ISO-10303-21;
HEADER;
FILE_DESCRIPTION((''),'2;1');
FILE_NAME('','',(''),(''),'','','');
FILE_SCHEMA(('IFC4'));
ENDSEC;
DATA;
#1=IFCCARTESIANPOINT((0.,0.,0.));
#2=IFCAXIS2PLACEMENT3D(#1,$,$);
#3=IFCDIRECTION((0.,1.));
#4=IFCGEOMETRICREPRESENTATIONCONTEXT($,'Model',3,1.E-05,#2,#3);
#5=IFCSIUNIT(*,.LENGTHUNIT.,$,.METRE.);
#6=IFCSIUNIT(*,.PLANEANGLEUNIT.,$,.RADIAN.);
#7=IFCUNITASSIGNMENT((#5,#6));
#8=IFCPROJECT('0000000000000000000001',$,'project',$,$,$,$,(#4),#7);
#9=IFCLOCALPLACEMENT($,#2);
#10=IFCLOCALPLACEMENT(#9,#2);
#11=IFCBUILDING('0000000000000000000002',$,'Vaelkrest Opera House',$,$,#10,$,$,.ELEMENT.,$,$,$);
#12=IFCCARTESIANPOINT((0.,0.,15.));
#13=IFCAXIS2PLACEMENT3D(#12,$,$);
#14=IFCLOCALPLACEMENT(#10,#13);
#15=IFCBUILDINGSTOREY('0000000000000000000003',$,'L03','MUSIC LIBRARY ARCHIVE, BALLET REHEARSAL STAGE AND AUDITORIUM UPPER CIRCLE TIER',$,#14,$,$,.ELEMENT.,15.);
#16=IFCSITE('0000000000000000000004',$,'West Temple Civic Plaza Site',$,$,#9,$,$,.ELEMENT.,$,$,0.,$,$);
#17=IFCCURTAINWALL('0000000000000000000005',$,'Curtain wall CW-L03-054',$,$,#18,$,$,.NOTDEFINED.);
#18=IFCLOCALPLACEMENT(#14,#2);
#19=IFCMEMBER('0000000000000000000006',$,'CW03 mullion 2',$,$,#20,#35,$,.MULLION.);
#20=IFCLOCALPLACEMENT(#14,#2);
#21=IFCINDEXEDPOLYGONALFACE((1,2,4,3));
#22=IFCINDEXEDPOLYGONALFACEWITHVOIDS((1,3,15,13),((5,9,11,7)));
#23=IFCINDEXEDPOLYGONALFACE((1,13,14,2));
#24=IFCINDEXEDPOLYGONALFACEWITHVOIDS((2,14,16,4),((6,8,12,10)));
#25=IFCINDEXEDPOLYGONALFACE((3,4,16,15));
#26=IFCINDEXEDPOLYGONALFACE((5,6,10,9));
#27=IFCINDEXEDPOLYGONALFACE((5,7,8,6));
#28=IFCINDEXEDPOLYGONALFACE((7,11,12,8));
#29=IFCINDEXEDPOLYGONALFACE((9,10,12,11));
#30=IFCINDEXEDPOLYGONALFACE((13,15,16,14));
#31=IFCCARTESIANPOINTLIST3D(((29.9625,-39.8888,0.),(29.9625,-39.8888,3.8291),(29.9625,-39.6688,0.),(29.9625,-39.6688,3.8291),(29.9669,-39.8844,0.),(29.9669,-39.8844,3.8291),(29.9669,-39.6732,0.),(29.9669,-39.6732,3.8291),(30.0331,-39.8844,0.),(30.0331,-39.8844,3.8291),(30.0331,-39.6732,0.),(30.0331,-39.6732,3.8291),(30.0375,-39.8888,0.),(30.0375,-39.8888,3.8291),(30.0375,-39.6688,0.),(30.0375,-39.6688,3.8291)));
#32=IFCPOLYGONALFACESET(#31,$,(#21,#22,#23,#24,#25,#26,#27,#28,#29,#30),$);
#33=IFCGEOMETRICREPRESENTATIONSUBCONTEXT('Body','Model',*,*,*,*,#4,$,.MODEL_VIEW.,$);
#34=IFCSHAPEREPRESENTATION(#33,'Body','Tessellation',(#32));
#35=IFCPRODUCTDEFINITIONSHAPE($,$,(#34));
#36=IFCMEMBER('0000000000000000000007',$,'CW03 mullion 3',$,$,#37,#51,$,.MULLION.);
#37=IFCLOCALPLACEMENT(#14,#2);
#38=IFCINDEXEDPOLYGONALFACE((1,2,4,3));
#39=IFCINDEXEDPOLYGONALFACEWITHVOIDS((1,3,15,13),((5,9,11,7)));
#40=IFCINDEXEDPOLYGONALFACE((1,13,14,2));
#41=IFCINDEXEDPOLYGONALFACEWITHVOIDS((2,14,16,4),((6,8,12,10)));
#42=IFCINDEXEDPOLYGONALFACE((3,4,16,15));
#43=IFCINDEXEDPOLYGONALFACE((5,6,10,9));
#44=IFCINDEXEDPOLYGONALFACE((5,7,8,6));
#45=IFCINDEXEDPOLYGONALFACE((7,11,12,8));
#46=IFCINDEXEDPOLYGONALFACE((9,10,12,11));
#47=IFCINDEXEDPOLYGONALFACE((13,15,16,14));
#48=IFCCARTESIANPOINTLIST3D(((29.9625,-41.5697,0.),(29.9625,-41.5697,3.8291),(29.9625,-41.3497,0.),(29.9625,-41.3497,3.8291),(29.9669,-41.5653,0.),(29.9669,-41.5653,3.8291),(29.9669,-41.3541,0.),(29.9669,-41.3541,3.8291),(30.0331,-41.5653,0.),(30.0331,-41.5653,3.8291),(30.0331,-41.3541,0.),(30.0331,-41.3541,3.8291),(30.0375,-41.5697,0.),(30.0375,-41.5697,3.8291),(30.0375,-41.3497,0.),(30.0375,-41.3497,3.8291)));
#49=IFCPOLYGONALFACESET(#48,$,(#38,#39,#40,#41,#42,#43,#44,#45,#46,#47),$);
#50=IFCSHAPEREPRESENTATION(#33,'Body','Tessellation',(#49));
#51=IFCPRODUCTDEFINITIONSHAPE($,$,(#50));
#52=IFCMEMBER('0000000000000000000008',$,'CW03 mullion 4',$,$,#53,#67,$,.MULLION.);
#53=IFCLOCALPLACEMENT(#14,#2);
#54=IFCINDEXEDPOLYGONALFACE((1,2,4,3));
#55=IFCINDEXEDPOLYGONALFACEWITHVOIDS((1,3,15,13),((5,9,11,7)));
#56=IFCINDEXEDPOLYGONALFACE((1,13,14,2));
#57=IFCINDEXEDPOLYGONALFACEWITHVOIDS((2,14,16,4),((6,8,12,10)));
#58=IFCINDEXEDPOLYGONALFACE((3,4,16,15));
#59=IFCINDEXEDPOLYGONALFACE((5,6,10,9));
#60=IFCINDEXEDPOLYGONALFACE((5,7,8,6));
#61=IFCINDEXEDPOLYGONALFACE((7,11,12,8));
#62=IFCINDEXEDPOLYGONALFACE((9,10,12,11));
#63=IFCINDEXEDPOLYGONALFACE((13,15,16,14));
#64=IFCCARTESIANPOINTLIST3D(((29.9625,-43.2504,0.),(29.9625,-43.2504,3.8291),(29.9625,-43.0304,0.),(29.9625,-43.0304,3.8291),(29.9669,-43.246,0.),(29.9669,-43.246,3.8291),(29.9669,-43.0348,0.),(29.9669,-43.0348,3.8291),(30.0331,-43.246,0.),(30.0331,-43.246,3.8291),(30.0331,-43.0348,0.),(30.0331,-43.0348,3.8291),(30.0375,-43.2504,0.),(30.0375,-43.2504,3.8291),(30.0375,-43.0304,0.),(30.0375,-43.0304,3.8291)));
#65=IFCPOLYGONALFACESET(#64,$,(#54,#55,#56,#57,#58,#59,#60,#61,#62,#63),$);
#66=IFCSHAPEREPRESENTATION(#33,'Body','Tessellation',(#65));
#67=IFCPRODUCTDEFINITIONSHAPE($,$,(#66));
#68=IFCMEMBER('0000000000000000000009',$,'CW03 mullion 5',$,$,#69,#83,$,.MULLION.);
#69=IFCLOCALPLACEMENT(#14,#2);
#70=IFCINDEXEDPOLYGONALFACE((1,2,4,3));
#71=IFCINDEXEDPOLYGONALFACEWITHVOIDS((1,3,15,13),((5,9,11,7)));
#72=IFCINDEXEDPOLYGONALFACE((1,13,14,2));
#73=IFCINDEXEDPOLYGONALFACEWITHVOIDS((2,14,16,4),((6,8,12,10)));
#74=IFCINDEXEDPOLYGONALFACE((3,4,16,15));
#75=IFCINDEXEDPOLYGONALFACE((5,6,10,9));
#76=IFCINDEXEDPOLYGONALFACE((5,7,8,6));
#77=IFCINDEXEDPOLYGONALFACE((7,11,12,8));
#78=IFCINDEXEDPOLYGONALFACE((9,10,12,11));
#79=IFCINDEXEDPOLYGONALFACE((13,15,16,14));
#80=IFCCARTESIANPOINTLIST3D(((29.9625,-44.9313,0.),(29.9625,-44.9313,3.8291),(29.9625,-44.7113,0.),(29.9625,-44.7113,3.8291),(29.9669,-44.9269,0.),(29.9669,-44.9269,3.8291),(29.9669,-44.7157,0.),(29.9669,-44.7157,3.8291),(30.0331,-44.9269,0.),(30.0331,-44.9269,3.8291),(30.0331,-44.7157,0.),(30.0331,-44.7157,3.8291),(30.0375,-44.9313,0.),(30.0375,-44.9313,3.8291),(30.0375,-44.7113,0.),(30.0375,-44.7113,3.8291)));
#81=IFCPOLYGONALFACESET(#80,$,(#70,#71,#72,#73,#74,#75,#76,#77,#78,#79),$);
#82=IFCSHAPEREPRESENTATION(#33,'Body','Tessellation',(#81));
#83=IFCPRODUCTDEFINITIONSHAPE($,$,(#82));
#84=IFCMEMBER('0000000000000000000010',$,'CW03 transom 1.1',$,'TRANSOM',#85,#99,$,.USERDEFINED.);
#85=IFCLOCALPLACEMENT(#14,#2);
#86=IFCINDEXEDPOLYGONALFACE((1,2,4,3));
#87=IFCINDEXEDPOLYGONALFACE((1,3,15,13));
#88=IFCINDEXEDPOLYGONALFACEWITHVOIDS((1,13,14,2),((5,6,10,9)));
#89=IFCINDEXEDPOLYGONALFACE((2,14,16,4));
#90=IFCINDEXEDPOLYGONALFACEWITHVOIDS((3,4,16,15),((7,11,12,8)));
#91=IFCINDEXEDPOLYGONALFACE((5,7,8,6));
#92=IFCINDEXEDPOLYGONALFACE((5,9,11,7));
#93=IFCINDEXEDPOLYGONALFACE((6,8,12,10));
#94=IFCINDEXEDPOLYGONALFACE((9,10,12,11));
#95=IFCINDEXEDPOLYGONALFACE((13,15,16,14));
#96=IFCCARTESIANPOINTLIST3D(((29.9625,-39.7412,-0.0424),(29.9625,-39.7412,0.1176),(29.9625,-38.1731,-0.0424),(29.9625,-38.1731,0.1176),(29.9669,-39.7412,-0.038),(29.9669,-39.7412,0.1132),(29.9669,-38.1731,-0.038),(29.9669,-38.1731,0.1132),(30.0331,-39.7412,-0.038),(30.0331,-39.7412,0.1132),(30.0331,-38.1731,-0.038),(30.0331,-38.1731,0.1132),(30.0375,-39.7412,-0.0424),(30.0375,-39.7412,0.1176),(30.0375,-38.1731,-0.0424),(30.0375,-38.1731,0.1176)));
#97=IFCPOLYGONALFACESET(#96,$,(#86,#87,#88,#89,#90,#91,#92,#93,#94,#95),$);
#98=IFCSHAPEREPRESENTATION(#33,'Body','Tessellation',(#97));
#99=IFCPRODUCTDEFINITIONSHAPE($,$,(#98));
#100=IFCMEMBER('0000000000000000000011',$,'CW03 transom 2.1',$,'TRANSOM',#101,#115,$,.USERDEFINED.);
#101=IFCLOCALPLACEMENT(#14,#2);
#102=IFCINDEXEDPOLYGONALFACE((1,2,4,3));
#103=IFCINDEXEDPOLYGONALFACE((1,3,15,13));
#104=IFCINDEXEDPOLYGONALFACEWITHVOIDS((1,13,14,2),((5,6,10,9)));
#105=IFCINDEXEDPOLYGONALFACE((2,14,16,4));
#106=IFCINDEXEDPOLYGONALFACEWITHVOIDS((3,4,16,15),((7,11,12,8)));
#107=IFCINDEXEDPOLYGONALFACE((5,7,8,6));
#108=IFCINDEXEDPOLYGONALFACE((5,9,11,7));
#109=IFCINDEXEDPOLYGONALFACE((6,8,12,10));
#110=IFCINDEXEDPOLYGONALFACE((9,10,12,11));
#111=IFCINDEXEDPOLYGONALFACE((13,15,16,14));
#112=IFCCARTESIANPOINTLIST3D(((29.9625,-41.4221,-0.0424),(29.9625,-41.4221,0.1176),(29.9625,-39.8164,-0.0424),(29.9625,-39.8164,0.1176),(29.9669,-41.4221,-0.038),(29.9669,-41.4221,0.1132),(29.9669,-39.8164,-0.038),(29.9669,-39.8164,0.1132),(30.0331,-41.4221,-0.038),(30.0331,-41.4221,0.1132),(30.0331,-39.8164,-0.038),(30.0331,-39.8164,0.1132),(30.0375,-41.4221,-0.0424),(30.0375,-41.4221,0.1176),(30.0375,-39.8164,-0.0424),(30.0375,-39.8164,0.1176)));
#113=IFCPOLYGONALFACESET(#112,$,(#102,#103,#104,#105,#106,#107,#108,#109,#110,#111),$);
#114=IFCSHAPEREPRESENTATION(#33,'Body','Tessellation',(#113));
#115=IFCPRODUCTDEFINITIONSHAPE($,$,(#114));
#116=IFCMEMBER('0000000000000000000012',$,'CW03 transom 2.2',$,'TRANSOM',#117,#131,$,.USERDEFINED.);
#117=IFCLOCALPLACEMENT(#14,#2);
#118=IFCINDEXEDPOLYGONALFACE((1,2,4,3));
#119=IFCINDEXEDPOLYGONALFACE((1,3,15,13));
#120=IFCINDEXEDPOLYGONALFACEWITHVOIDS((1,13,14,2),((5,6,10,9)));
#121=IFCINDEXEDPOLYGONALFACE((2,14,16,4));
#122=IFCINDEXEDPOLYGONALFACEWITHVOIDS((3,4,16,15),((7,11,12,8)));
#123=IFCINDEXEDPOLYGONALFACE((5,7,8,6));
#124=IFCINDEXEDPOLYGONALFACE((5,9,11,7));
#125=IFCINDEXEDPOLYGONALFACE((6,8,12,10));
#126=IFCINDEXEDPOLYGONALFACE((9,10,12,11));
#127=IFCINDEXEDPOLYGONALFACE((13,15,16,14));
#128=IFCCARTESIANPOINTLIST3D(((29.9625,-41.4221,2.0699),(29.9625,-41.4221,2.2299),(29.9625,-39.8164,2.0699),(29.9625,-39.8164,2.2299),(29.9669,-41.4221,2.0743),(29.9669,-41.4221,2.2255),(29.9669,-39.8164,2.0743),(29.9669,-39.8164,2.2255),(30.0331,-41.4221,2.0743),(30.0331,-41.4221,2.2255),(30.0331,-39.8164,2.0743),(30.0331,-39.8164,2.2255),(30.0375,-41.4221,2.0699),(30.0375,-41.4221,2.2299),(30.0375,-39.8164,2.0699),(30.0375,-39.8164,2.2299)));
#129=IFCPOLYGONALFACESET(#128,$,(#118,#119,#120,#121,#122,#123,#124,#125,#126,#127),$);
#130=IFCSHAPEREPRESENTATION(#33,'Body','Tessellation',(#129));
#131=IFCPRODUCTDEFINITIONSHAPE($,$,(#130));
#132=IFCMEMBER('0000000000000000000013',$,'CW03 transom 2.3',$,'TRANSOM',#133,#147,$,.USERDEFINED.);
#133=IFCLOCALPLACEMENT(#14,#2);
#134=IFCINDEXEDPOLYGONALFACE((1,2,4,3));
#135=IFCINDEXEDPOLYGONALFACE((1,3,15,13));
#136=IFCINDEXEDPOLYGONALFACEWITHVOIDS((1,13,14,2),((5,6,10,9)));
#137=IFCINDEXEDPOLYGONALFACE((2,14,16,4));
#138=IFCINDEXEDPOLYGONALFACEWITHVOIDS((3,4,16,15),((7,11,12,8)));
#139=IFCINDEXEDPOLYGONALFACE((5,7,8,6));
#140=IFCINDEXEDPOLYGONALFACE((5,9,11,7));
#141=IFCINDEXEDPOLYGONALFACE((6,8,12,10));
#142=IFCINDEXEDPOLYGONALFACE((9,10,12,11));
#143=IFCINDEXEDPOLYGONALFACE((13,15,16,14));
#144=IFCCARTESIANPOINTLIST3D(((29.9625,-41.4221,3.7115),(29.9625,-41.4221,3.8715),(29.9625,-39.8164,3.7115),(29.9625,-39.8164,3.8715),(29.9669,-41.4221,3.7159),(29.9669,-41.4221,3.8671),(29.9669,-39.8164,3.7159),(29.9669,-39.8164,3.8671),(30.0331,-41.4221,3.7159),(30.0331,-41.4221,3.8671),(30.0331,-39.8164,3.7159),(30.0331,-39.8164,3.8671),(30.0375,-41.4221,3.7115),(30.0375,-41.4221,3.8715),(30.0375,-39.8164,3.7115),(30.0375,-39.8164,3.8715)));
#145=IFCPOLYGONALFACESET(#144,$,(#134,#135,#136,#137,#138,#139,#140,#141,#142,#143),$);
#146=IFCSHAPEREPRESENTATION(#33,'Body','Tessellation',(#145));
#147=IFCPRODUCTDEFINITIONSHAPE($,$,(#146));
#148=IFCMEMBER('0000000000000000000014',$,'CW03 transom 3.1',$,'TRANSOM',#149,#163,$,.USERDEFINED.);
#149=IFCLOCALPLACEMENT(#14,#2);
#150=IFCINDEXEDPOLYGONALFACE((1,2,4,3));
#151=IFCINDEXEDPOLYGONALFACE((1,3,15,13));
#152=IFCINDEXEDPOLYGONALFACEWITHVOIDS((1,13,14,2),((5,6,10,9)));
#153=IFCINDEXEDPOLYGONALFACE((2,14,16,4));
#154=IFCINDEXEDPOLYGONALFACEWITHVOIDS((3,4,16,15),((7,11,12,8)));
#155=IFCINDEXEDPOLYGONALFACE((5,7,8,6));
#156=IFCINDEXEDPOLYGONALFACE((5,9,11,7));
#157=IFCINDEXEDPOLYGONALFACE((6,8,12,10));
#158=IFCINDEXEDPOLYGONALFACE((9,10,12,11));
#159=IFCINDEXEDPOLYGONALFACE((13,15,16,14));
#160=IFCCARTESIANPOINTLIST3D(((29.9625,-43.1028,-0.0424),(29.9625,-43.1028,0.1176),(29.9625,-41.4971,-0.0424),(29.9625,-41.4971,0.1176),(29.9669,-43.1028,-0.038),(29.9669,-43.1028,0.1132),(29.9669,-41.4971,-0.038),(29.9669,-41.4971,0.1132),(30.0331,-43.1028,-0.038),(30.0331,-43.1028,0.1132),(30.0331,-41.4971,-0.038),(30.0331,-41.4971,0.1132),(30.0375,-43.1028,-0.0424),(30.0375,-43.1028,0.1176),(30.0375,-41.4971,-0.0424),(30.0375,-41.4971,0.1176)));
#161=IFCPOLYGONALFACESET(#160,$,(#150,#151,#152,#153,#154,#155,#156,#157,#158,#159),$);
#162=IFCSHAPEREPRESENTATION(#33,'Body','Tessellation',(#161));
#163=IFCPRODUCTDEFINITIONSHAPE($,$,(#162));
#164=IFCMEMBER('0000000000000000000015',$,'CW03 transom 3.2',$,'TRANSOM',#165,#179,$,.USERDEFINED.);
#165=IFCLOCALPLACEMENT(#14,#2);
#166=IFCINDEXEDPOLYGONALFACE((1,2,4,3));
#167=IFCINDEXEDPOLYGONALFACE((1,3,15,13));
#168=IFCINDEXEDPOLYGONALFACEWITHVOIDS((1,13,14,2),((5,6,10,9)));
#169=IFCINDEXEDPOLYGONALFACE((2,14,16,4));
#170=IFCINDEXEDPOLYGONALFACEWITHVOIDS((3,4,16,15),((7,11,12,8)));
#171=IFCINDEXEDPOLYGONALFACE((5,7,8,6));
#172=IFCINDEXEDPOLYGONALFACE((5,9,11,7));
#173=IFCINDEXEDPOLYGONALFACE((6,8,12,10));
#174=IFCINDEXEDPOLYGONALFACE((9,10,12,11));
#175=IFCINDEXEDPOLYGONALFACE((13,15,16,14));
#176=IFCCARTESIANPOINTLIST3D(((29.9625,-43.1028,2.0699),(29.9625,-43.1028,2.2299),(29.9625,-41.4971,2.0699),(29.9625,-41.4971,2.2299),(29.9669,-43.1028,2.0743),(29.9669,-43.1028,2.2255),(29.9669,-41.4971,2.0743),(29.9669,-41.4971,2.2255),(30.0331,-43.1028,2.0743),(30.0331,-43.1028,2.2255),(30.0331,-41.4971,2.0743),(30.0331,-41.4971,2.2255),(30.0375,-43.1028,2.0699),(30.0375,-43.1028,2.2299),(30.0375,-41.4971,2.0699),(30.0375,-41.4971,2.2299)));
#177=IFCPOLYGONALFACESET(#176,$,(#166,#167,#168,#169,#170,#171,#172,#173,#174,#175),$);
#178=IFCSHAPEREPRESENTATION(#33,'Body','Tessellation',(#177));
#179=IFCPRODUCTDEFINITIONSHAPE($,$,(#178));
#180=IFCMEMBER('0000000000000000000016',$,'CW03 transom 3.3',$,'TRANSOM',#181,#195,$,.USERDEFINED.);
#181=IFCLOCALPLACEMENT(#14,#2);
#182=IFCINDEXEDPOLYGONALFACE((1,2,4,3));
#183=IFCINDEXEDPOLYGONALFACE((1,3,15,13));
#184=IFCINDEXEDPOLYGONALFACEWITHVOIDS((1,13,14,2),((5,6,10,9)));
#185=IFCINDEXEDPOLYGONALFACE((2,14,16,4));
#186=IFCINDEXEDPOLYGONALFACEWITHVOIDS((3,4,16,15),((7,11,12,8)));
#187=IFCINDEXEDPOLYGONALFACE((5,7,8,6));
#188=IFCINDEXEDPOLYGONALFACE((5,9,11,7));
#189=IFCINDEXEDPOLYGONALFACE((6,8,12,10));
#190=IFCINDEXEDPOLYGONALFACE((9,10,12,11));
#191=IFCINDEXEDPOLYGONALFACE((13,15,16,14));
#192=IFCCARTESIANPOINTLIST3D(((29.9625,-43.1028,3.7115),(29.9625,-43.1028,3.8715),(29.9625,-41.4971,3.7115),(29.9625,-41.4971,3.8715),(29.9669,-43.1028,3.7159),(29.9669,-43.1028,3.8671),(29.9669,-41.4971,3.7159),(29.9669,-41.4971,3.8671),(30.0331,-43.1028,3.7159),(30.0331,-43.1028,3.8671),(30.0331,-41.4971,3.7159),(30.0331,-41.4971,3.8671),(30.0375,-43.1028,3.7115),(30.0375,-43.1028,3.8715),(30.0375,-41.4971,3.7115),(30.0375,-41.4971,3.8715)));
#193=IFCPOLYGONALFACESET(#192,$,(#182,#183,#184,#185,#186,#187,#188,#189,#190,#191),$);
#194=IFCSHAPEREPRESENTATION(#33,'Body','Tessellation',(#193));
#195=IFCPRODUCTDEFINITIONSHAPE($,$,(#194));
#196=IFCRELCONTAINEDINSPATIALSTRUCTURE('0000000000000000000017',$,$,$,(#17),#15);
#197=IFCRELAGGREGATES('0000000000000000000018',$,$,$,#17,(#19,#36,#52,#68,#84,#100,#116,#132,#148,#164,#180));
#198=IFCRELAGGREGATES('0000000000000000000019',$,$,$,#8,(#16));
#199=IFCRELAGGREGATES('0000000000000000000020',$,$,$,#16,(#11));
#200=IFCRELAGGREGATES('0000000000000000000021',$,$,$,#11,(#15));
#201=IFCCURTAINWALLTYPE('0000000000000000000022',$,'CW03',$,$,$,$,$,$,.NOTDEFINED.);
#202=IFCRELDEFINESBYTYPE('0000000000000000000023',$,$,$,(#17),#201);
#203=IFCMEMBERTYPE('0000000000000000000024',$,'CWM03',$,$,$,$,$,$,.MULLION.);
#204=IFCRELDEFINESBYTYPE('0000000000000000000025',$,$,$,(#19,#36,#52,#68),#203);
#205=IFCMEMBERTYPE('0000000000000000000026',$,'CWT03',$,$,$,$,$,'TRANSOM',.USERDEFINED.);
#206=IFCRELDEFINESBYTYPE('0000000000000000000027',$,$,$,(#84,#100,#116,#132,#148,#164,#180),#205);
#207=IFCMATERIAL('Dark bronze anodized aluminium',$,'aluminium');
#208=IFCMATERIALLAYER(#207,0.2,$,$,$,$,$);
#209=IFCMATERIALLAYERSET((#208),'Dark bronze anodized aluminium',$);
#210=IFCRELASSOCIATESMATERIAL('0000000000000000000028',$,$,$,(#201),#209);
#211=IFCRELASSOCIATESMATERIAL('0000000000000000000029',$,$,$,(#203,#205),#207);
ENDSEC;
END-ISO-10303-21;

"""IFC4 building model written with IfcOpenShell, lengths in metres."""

from ifc_helpers import new_model, si_unit, direction, frame, origin, origin_2d, place, context, subcontext, project, spatial, hollow_rectangle, extrude, material, layer, layer_set, material_profile, profile_set, type_object, element, aggregate, save


model = new_model("IFC4")

# Units and contexts
model_context = context("Model", 3, precision=1e-05, world=origin(), true_north=direction((0.0, 1.0)))
body_context = subcontext(model_context, "Body", "Model", "MODEL_VIEW")
ifc_project = project(units=[si_unit("LENGTHUNIT", "METRE"), si_unit("PLANEANGLEUNIT", "RADIAN")], contexts=[model_context])

# Site, building, storey
site_placement = place(None, origin())
site = spatial("IfcSite", under=ifc_project, at=site_placement, Name="West Temple Civic Plaza Site", CompositionType="ELEMENT", RefElevation=0.0)
building_placement = place(site_placement, origin())
building = spatial("IfcBuilding", under=site, at=building_placement, Name="Vaelkrest Opera House", CompositionType="ELEMENT")
storey_placement = place(building_placement, frame((0.0, 0.0, 15.0)))
storey = spatial("IfcBuildingStorey", under=building, at=storey_placement, Name="L03", Description="MUSIC LIBRARY ARCHIVE, BALLET REHEARSAL STAGE AND AUDITORIUM UPPER CIRCLE TIER", CompositionType="ELEMENT", Elevation=15.0)

# Curtain wall, members
ifc_material_1 = material(Name="Dark bronze anodized aluminium", Category="aluminium")
ifc_layer_1 = layer(ifc_material_1, 0.2)
ifc_layer_set_1 = layer_set([ifc_layer_1], Name="Dark bronze anodized aluminium")
curtain_wall_type = type_object("IfcCurtainWallType", Name="CW03", PredefinedType="NOTDEFINED", material=ifc_layer_set_1)
curtain_wall_placement = place(storey_placement, origin())
curtain_wall = element("IfcCurtainWall", 1, at=curtain_wall_placement, inside=storey, type_object=curtain_wall_type, Name="Curtain wall CW-L03-054", PredefinedType="NOTDEFINED")
ifc_material_profile_1 = material_profile(ifc_material_1, hollow_rectangle(XDim=0.075, YDim=0.22, WallThickness=0.0044, at=origin_2d()), Name="CWM75X220")
ifc_profile_set_1 = profile_set([ifc_material_profile_1], Name="Dark bronze anodized aluminium")
member_type_1 = type_object("IfcMemberType", Name="CWM03", PredefinedType="MULLION", material=ifc_profile_set_1)
member_1_placement = place(storey_placement, frame((30.0, -39.7788, 0.0), z_axis=(0.0, 0.0, 1.0), x_axis=(1.0, 0.0, 0.0)))
member_1 = element("IfcMember", 2, at=member_1_placement, type_object=member_type_1, Name="CW03 mullion 2", PredefinedType="MULLION", context=body_context, shape_type="SweptSolid", body=[
    extrude(hollow_rectangle(XDim=0.075, YDim=0.22, WallThickness=0.0044, at=origin_2d()), origin(), (0.0, 0.0, 1.0), 3.8291),
])
member_2_placement = place(storey_placement, frame((30.0, -41.4597, 0.0), z_axis=(0.0, 0.0, 1.0), x_axis=(1.0, 0.0, 0.0)))
member_2 = element("IfcMember", 3, at=member_2_placement, type_object=member_type_1, Name="CW03 mullion 3", PredefinedType="MULLION", context=body_context, shape_type="SweptSolid", body=[
    extrude(hollow_rectangle(XDim=0.075, YDim=0.22, WallThickness=0.0044, at=origin_2d()), origin(), (0.0, 0.0, 1.0), 3.8291),
])
member_3_placement = place(storey_placement, frame((30.0, -43.1404, 0.0), z_axis=(0.0, 0.0, 1.0), x_axis=(1.0, 0.0, 0.0)))
member_3 = element("IfcMember", 4, at=member_3_placement, type_object=member_type_1, Name="CW03 mullion 4", PredefinedType="MULLION", context=body_context, shape_type="SweptSolid", body=[
    extrude(hollow_rectangle(XDim=0.075, YDim=0.22, WallThickness=0.0044, at=origin_2d()), origin(), (0.0, 0.0, 1.0), 3.8291),
])
member_4_placement = place(storey_placement, frame((30.0, -44.8213, 0.0), z_axis=(0.0, 0.0, 1.0), x_axis=(1.0, 0.0, 0.0)))
member_4 = element("IfcMember", 5, at=member_4_placement, type_object=member_type_1, Name="CW03 mullion 5", PredefinedType="MULLION", context=body_context, shape_type="SweptSolid", body=[
    extrude(hollow_rectangle(XDim=0.075, YDim=0.22, WallThickness=0.0044, at=origin_2d()), origin(), (0.0, 0.0, 1.0), 3.8291),
])
ifc_material_profile_2 = material_profile(ifc_material_1, hollow_rectangle(XDim=0.075, YDim=0.1599, WallThickness=0.0044, at=origin_2d()), Name="CWT75X160")
ifc_profile_set_2 = profile_set([ifc_material_profile_2], Name="Dark bronze anodized aluminium")
member_type_2 = type_object("IfcMemberType", Name="CWT03", ElementType="TRANSOM", PredefinedType="USERDEFINED", material=ifc_profile_set_2)
member_5_placement = place(storey_placement, frame((30.0, -38.1731, 0.0376), z_axis=(0.0, -1.0, 0.0), x_axis=(1.0, 0.0, 0.0)))
member_5 = element("IfcMember", 6, at=member_5_placement, type_object=member_type_2, Name="CW03 transom 1.1", ObjectType="TRANSOM", PredefinedType="USERDEFINED", context=body_context, shape_type="SweptSolid", body=[
    extrude(hollow_rectangle(XDim=0.075, YDim=0.1599, WallThickness=0.0044, at=origin_2d()), origin(), (0.0, 0.0, 1.0), 1.5681),
])
member_6_placement = place(storey_placement, frame((30.0, -39.8164, 0.0376), z_axis=(0.0, -1.0, 0.0), x_axis=(1.0, 0.0, 0.0)))
member_6 = element("IfcMember", 7, at=member_6_placement, type_object=member_type_2, Name="CW03 transom 2.1", ObjectType="TRANSOM", PredefinedType="USERDEFINED", context=body_context, shape_type="SweptSolid", body=[
    extrude(hollow_rectangle(XDim=0.075, YDim=0.1599, WallThickness=0.0044, at=origin_2d()), origin(), (0.0, 0.0, 1.0), 1.6057),
])
member_7_placement = place(storey_placement, frame((30.0, -39.8164, 2.1499), z_axis=(0.0, -1.0, 0.0), x_axis=(1.0, 0.0, 0.0)))
member_7 = element("IfcMember", 8, at=member_7_placement, type_object=member_type_2, Name="CW03 transom 2.2", ObjectType="TRANSOM", PredefinedType="USERDEFINED", context=body_context, shape_type="SweptSolid", body=[
    extrude(hollow_rectangle(XDim=0.075, YDim=0.1599, WallThickness=0.0044, at=origin_2d()), origin(), (0.0, 0.0, 1.0), 1.6057),
])
member_8_placement = place(storey_placement, frame((30.0, -39.8164, 3.7915), z_axis=(0.0, -1.0, 0.0), x_axis=(1.0, 0.0, 0.0)))
member_8 = element("IfcMember", 9, at=member_8_placement, type_object=member_type_2, Name="CW03 transom 2.3", ObjectType="TRANSOM", PredefinedType="USERDEFINED", context=body_context, shape_type="SweptSolid", body=[
    extrude(hollow_rectangle(XDim=0.075, YDim=0.1599, WallThickness=0.0044, at=origin_2d()), origin(), (0.0, 0.0, 1.0), 1.6057),
])
member_9_placement = place(storey_placement, frame((30.0, -41.4971, 0.0376), z_axis=(0.0, -1.0, 0.0), x_axis=(1.0, 0.0, 0.0)))
member_9 = element("IfcMember", 10, at=member_9_placement, type_object=member_type_2, Name="CW03 transom 3.1", ObjectType="TRANSOM", PredefinedType="USERDEFINED", context=body_context, shape_type="SweptSolid", body=[
    extrude(hollow_rectangle(XDim=0.075, YDim=0.1599, WallThickness=0.0044, at=origin_2d()), origin(), (0.0, 0.0, 1.0), 1.6057),
])
member_10_placement = place(storey_placement, frame((30.0, -41.4971, 2.1499), z_axis=(0.0, -1.0, 0.0), x_axis=(1.0, 0.0, 0.0)))
member_10 = element("IfcMember", 11, at=member_10_placement, type_object=member_type_2, Name="CW03 transom 3.2", ObjectType="TRANSOM", PredefinedType="USERDEFINED", context=body_context, shape_type="SweptSolid", body=[
    extrude(hollow_rectangle(XDim=0.075, YDim=0.1599, WallThickness=0.0044, at=origin_2d()), origin(), (0.0, 0.0, 1.0), 1.6057),
])
member_11_placement = place(storey_placement, frame((30.0, -41.4971, 3.7915), z_axis=(0.0, -1.0, 0.0), x_axis=(1.0, 0.0, 0.0)))
member_11 = element("IfcMember", 12, at=member_11_placement, type_object=member_type_2, Name="CW03 transom 3.3", ObjectType="TRANSOM", PredefinedType="USERDEFINED", context=body_context, shape_type="SweptSolid", body=[
    extrude(hollow_rectangle(XDim=0.075, YDim=0.1599, WallThickness=0.0044, at=origin_2d()), origin(), (0.0, 0.0, 1.0), 1.6057),
])
aggregate(curtain_wall, [member_1, member_2, member_3, member_4, member_5, member_6, member_7, member_8, member_9, member_10, member_11])

save(model, "model.ifc")
